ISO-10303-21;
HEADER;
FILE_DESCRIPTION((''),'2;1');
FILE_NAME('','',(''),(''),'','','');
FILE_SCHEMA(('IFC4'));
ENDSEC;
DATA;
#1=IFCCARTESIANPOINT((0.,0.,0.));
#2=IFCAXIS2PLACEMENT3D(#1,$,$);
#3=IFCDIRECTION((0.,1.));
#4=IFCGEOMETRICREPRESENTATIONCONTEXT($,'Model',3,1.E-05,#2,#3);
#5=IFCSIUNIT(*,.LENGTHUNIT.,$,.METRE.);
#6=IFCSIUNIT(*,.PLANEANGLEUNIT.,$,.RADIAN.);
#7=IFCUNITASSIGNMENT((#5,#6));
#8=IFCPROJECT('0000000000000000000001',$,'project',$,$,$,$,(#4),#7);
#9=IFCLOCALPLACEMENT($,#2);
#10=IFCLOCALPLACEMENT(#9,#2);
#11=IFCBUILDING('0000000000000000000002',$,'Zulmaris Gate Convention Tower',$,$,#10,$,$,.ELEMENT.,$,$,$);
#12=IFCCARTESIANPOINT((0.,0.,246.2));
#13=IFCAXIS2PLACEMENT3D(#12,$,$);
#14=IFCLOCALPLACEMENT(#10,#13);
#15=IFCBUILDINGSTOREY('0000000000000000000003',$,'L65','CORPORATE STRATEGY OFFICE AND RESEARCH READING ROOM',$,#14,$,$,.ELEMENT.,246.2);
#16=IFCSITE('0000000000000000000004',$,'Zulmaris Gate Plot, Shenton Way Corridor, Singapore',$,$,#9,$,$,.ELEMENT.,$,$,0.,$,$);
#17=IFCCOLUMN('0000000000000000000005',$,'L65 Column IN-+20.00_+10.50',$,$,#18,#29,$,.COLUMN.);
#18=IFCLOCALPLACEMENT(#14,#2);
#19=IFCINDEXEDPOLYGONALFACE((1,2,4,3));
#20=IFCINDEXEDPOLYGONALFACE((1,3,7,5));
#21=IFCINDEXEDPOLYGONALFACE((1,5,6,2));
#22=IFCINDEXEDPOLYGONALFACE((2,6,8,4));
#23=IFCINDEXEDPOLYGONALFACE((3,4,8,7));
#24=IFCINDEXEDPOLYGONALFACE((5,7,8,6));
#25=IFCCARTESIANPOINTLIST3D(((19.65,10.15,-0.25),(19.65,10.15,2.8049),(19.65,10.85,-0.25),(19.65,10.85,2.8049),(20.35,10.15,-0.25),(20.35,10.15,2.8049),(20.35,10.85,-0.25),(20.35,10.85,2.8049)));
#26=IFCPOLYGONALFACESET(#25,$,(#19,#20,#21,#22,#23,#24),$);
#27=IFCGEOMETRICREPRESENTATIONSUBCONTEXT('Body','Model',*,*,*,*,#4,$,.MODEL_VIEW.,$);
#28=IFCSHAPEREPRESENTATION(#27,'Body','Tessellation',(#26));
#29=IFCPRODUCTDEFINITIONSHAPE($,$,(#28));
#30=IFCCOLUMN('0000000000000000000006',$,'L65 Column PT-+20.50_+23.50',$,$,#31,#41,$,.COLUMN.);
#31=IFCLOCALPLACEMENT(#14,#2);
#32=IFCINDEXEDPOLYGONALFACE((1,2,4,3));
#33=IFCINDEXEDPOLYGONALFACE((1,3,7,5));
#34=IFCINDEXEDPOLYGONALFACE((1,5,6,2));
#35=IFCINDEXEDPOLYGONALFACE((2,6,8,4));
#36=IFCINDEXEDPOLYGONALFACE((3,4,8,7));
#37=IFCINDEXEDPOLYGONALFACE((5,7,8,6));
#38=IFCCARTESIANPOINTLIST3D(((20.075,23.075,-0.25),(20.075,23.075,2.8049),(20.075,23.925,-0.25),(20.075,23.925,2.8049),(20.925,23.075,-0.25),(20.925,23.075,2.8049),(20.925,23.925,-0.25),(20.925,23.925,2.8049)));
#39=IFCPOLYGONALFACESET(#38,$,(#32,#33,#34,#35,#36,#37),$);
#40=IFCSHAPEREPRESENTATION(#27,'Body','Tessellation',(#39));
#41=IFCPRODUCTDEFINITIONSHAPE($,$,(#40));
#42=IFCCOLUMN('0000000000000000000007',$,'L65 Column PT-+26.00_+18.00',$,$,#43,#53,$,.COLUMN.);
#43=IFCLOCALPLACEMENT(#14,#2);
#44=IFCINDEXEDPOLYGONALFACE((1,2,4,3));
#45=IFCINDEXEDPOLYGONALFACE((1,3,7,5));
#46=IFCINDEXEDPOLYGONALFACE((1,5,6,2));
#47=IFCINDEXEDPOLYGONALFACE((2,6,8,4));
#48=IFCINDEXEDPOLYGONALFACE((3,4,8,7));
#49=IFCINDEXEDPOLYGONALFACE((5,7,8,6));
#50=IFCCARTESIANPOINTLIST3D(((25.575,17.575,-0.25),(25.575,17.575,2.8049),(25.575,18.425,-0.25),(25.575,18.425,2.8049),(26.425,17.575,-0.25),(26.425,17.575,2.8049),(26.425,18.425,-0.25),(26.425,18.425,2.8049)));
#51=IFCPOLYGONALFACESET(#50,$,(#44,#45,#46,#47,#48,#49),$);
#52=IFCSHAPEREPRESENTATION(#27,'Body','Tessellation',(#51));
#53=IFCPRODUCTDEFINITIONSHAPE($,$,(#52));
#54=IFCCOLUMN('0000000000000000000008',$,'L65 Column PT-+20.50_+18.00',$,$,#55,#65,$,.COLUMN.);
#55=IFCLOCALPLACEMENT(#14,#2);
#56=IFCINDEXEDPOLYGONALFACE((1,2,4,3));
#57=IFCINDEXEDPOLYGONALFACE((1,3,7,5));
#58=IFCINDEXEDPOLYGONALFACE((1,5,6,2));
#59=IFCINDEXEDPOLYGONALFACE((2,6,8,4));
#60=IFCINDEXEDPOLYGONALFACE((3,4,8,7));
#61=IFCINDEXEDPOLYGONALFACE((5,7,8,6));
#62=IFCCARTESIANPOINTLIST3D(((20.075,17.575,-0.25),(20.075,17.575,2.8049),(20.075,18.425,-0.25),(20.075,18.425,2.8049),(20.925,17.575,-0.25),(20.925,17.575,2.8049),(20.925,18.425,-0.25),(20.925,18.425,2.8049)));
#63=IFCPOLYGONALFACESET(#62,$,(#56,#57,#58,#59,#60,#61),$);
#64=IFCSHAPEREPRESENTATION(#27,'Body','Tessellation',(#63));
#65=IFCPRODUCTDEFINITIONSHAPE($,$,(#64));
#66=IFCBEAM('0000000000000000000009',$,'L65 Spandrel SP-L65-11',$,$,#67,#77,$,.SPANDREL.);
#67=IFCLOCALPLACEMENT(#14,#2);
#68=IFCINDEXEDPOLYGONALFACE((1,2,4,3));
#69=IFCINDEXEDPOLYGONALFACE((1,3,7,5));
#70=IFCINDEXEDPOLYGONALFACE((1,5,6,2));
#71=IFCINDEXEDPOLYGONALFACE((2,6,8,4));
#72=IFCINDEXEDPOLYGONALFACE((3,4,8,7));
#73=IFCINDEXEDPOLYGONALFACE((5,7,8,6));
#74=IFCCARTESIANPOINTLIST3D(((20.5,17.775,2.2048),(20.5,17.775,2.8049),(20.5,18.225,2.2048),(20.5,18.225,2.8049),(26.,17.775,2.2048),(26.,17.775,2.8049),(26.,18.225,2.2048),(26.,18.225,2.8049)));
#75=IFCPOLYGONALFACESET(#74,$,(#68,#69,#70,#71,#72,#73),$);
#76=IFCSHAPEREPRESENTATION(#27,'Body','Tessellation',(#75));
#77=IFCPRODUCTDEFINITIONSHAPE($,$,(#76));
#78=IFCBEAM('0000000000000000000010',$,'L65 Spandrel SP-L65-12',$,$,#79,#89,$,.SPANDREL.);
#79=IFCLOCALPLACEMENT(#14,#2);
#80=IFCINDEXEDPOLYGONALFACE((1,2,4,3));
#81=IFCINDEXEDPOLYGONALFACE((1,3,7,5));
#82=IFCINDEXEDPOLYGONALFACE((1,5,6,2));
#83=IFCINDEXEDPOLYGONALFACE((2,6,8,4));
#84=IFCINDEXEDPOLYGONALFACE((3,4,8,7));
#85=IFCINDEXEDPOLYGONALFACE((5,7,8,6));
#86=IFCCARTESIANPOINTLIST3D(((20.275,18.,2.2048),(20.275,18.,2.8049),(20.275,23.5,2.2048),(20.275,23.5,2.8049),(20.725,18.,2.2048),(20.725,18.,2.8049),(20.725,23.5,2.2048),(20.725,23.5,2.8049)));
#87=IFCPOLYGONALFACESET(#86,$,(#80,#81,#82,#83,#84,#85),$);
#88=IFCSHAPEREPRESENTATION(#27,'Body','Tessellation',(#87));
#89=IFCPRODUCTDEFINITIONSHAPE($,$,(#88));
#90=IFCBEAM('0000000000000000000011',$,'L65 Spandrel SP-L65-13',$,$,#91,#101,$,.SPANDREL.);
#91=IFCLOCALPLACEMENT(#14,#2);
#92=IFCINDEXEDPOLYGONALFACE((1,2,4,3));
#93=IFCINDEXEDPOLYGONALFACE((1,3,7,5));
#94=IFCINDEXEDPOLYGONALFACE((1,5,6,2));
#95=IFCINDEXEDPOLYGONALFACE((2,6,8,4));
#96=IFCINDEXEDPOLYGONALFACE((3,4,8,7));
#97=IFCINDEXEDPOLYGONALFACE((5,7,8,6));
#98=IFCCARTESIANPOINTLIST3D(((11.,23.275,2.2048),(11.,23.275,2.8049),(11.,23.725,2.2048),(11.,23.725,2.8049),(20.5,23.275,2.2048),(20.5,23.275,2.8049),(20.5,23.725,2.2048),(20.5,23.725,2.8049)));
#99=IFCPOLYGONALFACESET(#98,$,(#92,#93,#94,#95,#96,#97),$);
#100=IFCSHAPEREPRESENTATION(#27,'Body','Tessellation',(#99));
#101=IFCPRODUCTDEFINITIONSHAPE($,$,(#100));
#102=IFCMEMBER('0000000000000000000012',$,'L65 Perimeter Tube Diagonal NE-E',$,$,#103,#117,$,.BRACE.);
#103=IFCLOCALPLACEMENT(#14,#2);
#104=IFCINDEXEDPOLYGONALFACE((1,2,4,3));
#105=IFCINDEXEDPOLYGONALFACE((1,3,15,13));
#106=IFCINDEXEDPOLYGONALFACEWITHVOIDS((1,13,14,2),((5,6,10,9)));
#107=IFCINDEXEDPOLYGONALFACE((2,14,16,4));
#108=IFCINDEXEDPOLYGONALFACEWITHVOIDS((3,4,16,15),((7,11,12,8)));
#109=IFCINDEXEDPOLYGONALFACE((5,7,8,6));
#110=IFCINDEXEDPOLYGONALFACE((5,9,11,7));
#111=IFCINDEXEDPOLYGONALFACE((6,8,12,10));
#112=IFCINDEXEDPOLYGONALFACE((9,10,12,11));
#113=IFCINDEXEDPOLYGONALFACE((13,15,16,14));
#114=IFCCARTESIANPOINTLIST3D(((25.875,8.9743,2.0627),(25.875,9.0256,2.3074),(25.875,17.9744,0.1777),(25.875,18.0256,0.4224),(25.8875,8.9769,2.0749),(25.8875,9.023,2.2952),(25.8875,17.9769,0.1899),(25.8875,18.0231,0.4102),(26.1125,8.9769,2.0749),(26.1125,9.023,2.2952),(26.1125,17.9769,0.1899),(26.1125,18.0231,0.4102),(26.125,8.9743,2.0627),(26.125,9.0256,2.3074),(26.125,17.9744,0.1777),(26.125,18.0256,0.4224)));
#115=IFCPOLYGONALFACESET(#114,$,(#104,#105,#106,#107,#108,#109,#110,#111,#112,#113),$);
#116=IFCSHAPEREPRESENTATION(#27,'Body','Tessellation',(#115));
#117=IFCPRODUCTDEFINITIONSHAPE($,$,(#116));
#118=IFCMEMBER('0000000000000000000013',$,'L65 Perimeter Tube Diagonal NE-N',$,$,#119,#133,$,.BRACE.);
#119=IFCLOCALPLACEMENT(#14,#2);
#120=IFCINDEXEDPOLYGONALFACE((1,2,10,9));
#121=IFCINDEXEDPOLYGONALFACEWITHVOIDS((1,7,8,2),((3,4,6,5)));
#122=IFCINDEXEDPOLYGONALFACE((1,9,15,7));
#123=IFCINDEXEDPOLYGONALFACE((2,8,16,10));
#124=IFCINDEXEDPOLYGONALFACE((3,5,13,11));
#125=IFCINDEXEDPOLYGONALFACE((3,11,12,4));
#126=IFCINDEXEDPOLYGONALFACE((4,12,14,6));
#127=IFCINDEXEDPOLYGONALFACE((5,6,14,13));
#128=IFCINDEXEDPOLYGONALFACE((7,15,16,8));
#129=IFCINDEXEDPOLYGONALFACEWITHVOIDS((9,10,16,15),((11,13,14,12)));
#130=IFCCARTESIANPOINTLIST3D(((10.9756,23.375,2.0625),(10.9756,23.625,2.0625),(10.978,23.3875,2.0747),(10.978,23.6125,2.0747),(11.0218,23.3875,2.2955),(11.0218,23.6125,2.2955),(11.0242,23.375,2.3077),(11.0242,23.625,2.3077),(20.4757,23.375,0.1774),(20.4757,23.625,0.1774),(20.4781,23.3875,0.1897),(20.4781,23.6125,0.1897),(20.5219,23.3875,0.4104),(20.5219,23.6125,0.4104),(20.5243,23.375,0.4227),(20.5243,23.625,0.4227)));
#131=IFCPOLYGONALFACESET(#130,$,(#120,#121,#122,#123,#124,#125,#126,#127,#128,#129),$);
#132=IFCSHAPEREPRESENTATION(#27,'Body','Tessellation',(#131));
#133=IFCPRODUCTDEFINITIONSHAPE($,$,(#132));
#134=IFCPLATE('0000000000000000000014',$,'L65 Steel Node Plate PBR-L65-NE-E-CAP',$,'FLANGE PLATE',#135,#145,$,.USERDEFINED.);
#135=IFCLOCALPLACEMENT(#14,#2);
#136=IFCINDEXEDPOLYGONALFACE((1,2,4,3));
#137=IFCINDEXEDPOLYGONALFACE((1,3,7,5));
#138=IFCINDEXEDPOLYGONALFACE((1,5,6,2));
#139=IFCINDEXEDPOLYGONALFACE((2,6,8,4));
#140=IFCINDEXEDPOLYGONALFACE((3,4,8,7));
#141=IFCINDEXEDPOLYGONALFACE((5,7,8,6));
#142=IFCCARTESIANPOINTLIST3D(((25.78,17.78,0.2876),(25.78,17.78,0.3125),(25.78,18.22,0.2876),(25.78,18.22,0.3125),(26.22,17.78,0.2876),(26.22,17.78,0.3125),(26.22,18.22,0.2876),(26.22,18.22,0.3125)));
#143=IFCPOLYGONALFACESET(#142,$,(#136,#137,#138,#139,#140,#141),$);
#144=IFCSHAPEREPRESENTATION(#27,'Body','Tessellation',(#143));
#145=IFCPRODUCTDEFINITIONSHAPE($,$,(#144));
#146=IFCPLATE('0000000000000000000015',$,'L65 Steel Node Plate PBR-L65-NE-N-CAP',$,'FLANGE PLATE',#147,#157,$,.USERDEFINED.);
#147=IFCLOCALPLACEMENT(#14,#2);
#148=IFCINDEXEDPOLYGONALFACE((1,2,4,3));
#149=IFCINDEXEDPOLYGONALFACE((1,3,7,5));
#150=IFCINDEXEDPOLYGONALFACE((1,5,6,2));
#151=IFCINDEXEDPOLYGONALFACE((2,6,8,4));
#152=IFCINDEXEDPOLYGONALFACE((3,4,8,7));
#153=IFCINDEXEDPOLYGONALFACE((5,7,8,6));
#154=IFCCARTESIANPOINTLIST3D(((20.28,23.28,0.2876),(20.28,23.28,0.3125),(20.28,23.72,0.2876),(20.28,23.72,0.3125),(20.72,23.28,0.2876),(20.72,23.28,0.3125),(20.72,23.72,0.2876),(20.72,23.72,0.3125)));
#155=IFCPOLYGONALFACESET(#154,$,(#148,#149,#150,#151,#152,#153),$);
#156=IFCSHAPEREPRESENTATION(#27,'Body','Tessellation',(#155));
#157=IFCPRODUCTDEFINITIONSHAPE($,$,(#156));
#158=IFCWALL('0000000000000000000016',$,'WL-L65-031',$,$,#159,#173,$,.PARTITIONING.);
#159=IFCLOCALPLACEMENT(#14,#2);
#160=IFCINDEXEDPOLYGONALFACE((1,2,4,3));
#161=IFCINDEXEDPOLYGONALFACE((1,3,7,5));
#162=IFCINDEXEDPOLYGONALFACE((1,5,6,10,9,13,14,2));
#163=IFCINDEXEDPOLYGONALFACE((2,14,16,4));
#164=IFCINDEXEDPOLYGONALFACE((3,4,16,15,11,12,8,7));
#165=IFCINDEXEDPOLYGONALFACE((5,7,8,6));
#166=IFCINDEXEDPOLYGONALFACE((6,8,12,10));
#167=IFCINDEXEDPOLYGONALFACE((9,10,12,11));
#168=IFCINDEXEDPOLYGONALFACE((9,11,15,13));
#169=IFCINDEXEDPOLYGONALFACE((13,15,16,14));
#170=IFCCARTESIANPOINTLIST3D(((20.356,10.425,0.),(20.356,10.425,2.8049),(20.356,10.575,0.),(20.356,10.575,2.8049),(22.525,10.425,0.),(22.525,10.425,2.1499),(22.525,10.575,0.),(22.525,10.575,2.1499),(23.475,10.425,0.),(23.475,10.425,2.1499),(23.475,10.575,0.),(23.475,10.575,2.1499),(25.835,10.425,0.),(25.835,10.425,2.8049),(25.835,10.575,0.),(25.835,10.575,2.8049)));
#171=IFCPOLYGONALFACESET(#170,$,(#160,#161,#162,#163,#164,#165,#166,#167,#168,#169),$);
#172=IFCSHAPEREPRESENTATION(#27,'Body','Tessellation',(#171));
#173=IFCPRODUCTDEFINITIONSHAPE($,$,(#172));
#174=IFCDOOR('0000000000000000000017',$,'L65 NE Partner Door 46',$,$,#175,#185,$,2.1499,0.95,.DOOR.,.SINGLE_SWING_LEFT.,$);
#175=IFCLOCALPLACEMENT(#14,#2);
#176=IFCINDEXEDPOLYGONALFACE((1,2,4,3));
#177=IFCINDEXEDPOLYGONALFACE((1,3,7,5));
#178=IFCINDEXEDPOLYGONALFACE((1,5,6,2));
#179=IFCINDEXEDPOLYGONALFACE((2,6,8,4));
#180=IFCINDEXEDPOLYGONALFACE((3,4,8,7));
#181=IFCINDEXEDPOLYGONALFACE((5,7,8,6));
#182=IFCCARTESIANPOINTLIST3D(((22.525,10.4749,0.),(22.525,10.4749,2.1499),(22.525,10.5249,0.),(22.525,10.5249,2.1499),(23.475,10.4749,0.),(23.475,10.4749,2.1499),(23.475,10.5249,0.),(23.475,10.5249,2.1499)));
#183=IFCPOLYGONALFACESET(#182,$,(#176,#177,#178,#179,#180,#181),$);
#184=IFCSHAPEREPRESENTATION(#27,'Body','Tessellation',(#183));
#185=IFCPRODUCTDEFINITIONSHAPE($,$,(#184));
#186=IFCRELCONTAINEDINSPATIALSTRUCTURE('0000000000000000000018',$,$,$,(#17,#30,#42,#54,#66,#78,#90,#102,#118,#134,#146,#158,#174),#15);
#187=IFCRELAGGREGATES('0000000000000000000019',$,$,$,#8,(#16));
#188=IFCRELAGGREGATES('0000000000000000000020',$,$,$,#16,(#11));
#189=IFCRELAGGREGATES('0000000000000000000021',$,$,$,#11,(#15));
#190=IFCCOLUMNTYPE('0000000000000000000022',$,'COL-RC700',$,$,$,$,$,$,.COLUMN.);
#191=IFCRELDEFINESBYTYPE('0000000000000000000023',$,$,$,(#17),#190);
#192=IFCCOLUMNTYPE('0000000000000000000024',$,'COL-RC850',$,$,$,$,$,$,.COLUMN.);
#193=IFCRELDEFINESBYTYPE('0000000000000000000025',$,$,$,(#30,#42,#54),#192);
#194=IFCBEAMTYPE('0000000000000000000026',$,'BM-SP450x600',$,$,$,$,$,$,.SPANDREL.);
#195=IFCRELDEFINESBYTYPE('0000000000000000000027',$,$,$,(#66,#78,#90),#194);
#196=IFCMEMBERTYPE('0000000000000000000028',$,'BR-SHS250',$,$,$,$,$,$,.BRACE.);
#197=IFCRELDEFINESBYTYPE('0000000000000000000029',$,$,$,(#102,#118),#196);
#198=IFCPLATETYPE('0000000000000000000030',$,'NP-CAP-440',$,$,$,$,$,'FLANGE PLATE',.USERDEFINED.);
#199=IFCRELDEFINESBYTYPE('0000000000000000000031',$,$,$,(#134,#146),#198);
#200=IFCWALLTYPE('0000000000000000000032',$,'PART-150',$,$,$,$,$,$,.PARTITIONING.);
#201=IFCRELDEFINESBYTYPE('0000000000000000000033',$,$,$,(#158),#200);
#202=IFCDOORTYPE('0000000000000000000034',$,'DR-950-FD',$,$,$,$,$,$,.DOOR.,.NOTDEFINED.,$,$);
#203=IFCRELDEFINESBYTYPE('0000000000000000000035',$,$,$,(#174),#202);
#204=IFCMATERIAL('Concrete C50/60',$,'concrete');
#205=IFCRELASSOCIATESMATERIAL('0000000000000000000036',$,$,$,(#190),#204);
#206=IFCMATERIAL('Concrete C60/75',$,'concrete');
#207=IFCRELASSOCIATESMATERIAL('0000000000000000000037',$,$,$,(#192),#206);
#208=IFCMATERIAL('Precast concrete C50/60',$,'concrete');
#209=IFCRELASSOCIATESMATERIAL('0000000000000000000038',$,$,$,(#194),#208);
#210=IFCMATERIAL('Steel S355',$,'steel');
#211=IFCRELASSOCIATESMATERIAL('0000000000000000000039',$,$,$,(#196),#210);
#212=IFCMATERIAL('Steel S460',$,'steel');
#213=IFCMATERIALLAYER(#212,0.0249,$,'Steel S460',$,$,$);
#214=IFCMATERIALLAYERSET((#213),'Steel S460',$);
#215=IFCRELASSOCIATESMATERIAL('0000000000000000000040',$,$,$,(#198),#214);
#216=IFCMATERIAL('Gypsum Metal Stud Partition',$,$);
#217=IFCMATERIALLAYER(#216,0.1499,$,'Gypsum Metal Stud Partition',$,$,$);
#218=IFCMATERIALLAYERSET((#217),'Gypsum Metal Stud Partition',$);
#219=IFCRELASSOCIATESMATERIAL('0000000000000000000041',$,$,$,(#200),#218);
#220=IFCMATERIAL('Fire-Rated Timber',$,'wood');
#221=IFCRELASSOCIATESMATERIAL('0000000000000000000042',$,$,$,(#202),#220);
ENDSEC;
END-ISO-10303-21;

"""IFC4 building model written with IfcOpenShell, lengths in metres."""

from ifc_helpers import new_model, si_unit, direction, frame, frame_2d, origin, origin_2d, place, context, subcontext, project, spatial, rectangle, hollow_rectangle, extrude, material, layer, layer_set, material_profile, profile_set, type_object, element, fill, save


model = new_model("IFC4")

# Units and contexts
model_context = context("Model", 3, precision=1e-05, world=origin(), true_north=direction((0.0, 1.0)))
body_context = subcontext(model_context, "Body", "Model", "MODEL_VIEW")
ifc_project = project(units=[si_unit("LENGTHUNIT", "METRE"), si_unit("PLANEANGLEUNIT", "RADIAN")], contexts=[model_context])

# Site, building, storey
site_placement = place(None, origin())
site = spatial("IfcSite", under=ifc_project, at=site_placement, Name="Zulmaris Gate Plot, Shenton Way Corridor, Singapore", CompositionType="ELEMENT", RefElevation=0.0)
building_placement = place(site_placement, origin())
building = spatial("IfcBuilding", under=site, at=building_placement, Name="Zulmaris Gate Convention Tower", CompositionType="ELEMENT")
storey_placement = place(building_placement, frame((0.0, 0.0, 246.2)))
storey = spatial("IfcBuildingStorey", under=building, at=storey_placement, Name="L65", Description="CORPORATE STRATEGY OFFICE AND RESEARCH READING ROOM", CompositionType="ELEMENT", Elevation=246.2)

# Columns
ifc_material_1 = material(Name="Concrete C50/60", Category="concrete")
ifc_material_profile_1 = material_profile(ifc_material_1, rectangle(XDim=0.7, YDim=0.7, at=origin_2d()), Name="RC COL 700x700")
ifc_profile_set_1 = profile_set([ifc_material_profile_1], Name="Concrete C50/60")
column_type_1 = type_object("IfcColumnType", Name="COL-RC700", PredefinedType="COLUMN", material=ifc_profile_set_1)
column_placement = place(storey_placement, frame((20.0, 10.5, -0.25), z_axis=(0.0, 0.0, 1.0), x_axis=(1.0, 0.0, 0.0)))
element("IfcColumn", 1, at=column_placement, inside=storey, type_object=column_type_1, Name="L65 Column IN-+20.00_+10.50", PredefinedType="COLUMN", context=body_context, shape_type="SweptSolid", body=[
    extrude(rectangle(XDim=0.7, YDim=0.7, at=origin_2d()), origin(), (0.0, 0.0, 1.0), 3.0549),
])
ifc_material_2 = material(Name="Concrete C60/75", Category="concrete")
ifc_material_profile_2 = material_profile(ifc_material_2, rectangle(XDim=0.8501, YDim=0.8501, at=origin_2d()), Name="RC COL 850x850")
ifc_profile_set_2 = profile_set([ifc_material_profile_2], Name="Concrete C60/75")
column_type_2 = type_object("IfcColumnType", Name="COL-RC850", PredefinedType="COLUMN", material=ifc_profile_set_2)
for number, where, z_axis, x_axis, name in (
    (2, (20.5, 23.5, -0.25), (0.0, 0.0, 1.0), (1.0, 0.0, 0.0), "L65 Column PT-+20.50_+23.50"),
    (3, (26.0, 18.0, -0.25), (0.0, 0.0, 1.0), (1.0, 0.0, 0.0), "L65 Column PT-+26.00_+18.00"),
    (4, (20.5, 18.0, -0.25), (0.0, 0.0, 1.0), (1.0, 0.0, 0.0), "L65 Column PT-+20.50_+18.00"),
):
    element("IfcColumn", number, at=place(storey_placement, frame(where, z_axis=z_axis, x_axis=x_axis)), inside=storey, type_object=column_type_2, Name=name, PredefinedType="COLUMN", context=body_context, shape_type="SweptSolid", body=[
        extrude(rectangle(XDim=0.8501, YDim=0.8501, at=origin_2d()), origin(), (0.0, 0.0, 1.0), 3.0549),
    ])

# Beams
ifc_material_3 = material(Name="Precast concrete C50/60", Category="concrete")
ifc_material_profile_3 = material_profile(ifc_material_3, rectangle(XDim=0.45, YDim=0.6001, at=origin_2d()), Name="RC SPANDREL 450x600")
ifc_profile_set_3 = profile_set([ifc_material_profile_3], Name="Precast concrete C50/60")
beam_type = type_object("IfcBeamType", Name="BM-SP450x600", PredefinedType="SPANDREL", material=ifc_profile_set_3)
for number, where, z_axis, x_axis, name in (
    (5, (26.0, 18.0, 2.5049), (-1.0, 0.0, 0.0), (0.0, -1.0, 0.0), "L65 Spandrel SP-L65-11"),
    (6, (20.5, 18.0, 2.5049), (0.0, 1.0, 0.0), (-1.0, 0.0, 0.0), "L65 Spandrel SP-L65-12"),
):
    element("IfcBeam", number, at=place(storey_placement, frame(where, z_axis=z_axis, x_axis=x_axis)), inside=storey, type_object=beam_type, Name=name, PredefinedType="SPANDREL", context=body_context, shape_type="SweptSolid", body=[
        extrude(rectangle(XDim=0.45, YDim=0.6001, at=origin_2d()), origin(), (0.0, 0.0, 1.0), 5.5),
    ])
beam_placement = place(storey_placement, frame((20.5, 23.5, 2.5049), z_axis=(-1.0, 0.0, 0.0), x_axis=(0.0, -1.0, 0.0)))
element("IfcBeam", 7, at=beam_placement, inside=storey, type_object=beam_type, Name="L65 Spandrel SP-L65-13", PredefinedType="SPANDREL", context=body_context, shape_type="SweptSolid", body=[
    extrude(rectangle(XDim=0.45, YDim=0.6001, at=origin_2d()), origin(), (0.0, 0.0, 1.0), 9.5),
])

# Members
ifc_material_4 = material(Name="Steel S355", Category="steel")
ifc_material_profile_4 = material_profile(ifc_material_4, hollow_rectangle(XDim=0.25, YDim=0.25, WallThickness=0.0125, at=origin_2d()), Name="SHS 250x250x12.5")
ifc_profile_set_4 = profile_set([ifc_material_profile_4], Name="Steel S355")
member_type = type_object("IfcMemberType", Name="BR-SHS250", PredefinedType="BRACE", material=ifc_profile_set_4)
member_1_placement = place(storey_placement, frame((26.0, 18.0, 0.3), z_axis=(0.0, -0.978763, 0.204997), x_axis=(1.0, 0.0, 0.0)))
element("IfcMember", 8, at=member_1_placement, inside=storey, type_object=member_type, Name="L65 Perimeter Tube Diagonal NE-E", PredefinedType="BRACE", context=body_context, shape_type="SweptSolid", body=[
    extrude(hollow_rectangle(XDim=0.25, YDim=0.25, WallThickness=0.0125, at=origin_2d()), origin(), (0.0, 0.0, 1.0), 9.1953),
])
member_2_placement = place(storey_placement, frame((20.5, 23.5, 0.3), z_axis=(-0.980877, 0.0, 0.194628), x_axis=(0.0, -1.0, 0.0)))
element("IfcMember", 9, at=member_2_placement, inside=storey, type_object=member_type, Name="L65 Perimeter Tube Diagonal NE-N", PredefinedType="BRACE", context=body_context, shape_type="SweptSolid", body=[
    extrude(hollow_rectangle(XDim=0.25, YDim=0.25, WallThickness=0.0125, at=origin_2d()), origin(), (0.0, 0.0, 1.0), 9.6853),
])

# Plates
ifc_material_5 = material(Name="Steel S460", Category="steel")
ifc_layer_1 = layer(ifc_material_5, 0.0249, Name="Steel S460")
ifc_layer_set_1 = layer_set([ifc_layer_1], Name="Steel S460")
plate_type = type_object("IfcPlateType", Name="NP-CAP-440", ElementType="FLANGE PLATE", PredefinedType="USERDEFINED", material=ifc_layer_set_1)
for number, where, z_axis, x_axis, name in (
    (10, (26.0, 18.0, 0.2876), (0.0, 0.0, 1.0), (1.0, 0.0, 0.0), "L65 Steel Node Plate PBR-L65-NE-E-CAP"),
    (11, (20.5, 23.5, 0.2876), (0.0, 0.0, 1.0), (1.0, 0.0, 0.0), "L65 Steel Node Plate PBR-L65-NE-N-CAP"),
):
    element("IfcPlate", number, at=place(storey_placement, frame(where, z_axis=z_axis, x_axis=x_axis)), inside=storey, type_object=plate_type, Name=name, ObjectType="FLANGE PLATE", PredefinedType="USERDEFINED", context=body_context, shape_type="SweptSolid", body=[
        extrude(rectangle(XDim=0.4399, YDim=0.4399, at=origin_2d()), origin(), (0.0, 0.0, 1.0), 0.0249),
    ])

# Wall, opening, door
ifc_material_6 = material(Name="Gypsum Metal Stud Partition")
ifc_layer_2 = layer(ifc_material_6, 0.1499, Name="Gypsum Metal Stud Partition")
ifc_layer_set_2 = layer_set([ifc_layer_2], Name="Gypsum Metal Stud Partition")
wall_type_1 = type_object("IfcWallType", Name="PART-150", PredefinedType="PARTITIONING", material=ifc_layer_set_2)
wall_1_placement = place(storey_placement, frame((20.356, 10.5, 0.0), z_axis=(0.0, 0.0, 1.0), x_axis=(1.0, 0.0, 0.0)))
wall_1 = element("IfcWall", 12, at=wall_1_placement, inside=storey, type_object=wall_type_1, Name="WL-L65-031", PredefinedType="PARTITIONING", context=body_context, shape_type="SweptSolid", body=[
    extrude(rectangle(XDim=5.479, YDim=0.1499, at=frame_2d((2.7395, 0.0))), origin(), (0.0, 0.0, 1.0), 2.8049),
])
opening_1_placement = place(wall_1_placement, frame((2.1689, 0.0, 0.0)))
opening_1 = element("IfcOpeningElement", 13, at=opening_1_placement, cuts=wall_1, PredefinedType="OPENING", context=body_context, shape_type="SweptSolid", body=[
    extrude(rectangle(XDim=0.95, YDim=2.1499, at=frame_2d((0.4751, 1.075))), frame((0.0, 0.085, 0.0), z_axis=(0.0, -1.0, 0.0), x_axis=(1.0, 0.0, 0.0)), (0.0, 0.0, 1.0), 0.1699),
])
ifc_material_7 = material(Name="Fire-Rated Timber", Category="wood")
door_type = type_object("IfcDoorType", Name="DR-950-FD", OperationType="NOTDEFINED", PredefinedType="DOOR", material=ifc_material_7)
door_1_placement = place(opening_1_placement, origin())
door_1 = element("IfcDoor", 14, at=door_1_placement, inside=storey, type_object=door_type, Name="L65 NE Partner Door 46", OperationType="SINGLE_SWING_LEFT", OverallHeight=2.1499, OverallWidth=0.95, PredefinedType="DOOR", context=body_context, shape_type="SweptSolid", body=[
    extrude(rectangle(XDim=0.95, YDim=2.1499, at=frame_2d((0.4751, 1.075))), frame((0.0, 0.0249, 0.0), z_axis=(0.0, -1.0, 0.0), x_axis=(1.0, 0.0, 0.0)), (0.0, 0.0, 1.0), 0.05),
])
fill(opening_1, door_1)

save(model, "model.ifc")
